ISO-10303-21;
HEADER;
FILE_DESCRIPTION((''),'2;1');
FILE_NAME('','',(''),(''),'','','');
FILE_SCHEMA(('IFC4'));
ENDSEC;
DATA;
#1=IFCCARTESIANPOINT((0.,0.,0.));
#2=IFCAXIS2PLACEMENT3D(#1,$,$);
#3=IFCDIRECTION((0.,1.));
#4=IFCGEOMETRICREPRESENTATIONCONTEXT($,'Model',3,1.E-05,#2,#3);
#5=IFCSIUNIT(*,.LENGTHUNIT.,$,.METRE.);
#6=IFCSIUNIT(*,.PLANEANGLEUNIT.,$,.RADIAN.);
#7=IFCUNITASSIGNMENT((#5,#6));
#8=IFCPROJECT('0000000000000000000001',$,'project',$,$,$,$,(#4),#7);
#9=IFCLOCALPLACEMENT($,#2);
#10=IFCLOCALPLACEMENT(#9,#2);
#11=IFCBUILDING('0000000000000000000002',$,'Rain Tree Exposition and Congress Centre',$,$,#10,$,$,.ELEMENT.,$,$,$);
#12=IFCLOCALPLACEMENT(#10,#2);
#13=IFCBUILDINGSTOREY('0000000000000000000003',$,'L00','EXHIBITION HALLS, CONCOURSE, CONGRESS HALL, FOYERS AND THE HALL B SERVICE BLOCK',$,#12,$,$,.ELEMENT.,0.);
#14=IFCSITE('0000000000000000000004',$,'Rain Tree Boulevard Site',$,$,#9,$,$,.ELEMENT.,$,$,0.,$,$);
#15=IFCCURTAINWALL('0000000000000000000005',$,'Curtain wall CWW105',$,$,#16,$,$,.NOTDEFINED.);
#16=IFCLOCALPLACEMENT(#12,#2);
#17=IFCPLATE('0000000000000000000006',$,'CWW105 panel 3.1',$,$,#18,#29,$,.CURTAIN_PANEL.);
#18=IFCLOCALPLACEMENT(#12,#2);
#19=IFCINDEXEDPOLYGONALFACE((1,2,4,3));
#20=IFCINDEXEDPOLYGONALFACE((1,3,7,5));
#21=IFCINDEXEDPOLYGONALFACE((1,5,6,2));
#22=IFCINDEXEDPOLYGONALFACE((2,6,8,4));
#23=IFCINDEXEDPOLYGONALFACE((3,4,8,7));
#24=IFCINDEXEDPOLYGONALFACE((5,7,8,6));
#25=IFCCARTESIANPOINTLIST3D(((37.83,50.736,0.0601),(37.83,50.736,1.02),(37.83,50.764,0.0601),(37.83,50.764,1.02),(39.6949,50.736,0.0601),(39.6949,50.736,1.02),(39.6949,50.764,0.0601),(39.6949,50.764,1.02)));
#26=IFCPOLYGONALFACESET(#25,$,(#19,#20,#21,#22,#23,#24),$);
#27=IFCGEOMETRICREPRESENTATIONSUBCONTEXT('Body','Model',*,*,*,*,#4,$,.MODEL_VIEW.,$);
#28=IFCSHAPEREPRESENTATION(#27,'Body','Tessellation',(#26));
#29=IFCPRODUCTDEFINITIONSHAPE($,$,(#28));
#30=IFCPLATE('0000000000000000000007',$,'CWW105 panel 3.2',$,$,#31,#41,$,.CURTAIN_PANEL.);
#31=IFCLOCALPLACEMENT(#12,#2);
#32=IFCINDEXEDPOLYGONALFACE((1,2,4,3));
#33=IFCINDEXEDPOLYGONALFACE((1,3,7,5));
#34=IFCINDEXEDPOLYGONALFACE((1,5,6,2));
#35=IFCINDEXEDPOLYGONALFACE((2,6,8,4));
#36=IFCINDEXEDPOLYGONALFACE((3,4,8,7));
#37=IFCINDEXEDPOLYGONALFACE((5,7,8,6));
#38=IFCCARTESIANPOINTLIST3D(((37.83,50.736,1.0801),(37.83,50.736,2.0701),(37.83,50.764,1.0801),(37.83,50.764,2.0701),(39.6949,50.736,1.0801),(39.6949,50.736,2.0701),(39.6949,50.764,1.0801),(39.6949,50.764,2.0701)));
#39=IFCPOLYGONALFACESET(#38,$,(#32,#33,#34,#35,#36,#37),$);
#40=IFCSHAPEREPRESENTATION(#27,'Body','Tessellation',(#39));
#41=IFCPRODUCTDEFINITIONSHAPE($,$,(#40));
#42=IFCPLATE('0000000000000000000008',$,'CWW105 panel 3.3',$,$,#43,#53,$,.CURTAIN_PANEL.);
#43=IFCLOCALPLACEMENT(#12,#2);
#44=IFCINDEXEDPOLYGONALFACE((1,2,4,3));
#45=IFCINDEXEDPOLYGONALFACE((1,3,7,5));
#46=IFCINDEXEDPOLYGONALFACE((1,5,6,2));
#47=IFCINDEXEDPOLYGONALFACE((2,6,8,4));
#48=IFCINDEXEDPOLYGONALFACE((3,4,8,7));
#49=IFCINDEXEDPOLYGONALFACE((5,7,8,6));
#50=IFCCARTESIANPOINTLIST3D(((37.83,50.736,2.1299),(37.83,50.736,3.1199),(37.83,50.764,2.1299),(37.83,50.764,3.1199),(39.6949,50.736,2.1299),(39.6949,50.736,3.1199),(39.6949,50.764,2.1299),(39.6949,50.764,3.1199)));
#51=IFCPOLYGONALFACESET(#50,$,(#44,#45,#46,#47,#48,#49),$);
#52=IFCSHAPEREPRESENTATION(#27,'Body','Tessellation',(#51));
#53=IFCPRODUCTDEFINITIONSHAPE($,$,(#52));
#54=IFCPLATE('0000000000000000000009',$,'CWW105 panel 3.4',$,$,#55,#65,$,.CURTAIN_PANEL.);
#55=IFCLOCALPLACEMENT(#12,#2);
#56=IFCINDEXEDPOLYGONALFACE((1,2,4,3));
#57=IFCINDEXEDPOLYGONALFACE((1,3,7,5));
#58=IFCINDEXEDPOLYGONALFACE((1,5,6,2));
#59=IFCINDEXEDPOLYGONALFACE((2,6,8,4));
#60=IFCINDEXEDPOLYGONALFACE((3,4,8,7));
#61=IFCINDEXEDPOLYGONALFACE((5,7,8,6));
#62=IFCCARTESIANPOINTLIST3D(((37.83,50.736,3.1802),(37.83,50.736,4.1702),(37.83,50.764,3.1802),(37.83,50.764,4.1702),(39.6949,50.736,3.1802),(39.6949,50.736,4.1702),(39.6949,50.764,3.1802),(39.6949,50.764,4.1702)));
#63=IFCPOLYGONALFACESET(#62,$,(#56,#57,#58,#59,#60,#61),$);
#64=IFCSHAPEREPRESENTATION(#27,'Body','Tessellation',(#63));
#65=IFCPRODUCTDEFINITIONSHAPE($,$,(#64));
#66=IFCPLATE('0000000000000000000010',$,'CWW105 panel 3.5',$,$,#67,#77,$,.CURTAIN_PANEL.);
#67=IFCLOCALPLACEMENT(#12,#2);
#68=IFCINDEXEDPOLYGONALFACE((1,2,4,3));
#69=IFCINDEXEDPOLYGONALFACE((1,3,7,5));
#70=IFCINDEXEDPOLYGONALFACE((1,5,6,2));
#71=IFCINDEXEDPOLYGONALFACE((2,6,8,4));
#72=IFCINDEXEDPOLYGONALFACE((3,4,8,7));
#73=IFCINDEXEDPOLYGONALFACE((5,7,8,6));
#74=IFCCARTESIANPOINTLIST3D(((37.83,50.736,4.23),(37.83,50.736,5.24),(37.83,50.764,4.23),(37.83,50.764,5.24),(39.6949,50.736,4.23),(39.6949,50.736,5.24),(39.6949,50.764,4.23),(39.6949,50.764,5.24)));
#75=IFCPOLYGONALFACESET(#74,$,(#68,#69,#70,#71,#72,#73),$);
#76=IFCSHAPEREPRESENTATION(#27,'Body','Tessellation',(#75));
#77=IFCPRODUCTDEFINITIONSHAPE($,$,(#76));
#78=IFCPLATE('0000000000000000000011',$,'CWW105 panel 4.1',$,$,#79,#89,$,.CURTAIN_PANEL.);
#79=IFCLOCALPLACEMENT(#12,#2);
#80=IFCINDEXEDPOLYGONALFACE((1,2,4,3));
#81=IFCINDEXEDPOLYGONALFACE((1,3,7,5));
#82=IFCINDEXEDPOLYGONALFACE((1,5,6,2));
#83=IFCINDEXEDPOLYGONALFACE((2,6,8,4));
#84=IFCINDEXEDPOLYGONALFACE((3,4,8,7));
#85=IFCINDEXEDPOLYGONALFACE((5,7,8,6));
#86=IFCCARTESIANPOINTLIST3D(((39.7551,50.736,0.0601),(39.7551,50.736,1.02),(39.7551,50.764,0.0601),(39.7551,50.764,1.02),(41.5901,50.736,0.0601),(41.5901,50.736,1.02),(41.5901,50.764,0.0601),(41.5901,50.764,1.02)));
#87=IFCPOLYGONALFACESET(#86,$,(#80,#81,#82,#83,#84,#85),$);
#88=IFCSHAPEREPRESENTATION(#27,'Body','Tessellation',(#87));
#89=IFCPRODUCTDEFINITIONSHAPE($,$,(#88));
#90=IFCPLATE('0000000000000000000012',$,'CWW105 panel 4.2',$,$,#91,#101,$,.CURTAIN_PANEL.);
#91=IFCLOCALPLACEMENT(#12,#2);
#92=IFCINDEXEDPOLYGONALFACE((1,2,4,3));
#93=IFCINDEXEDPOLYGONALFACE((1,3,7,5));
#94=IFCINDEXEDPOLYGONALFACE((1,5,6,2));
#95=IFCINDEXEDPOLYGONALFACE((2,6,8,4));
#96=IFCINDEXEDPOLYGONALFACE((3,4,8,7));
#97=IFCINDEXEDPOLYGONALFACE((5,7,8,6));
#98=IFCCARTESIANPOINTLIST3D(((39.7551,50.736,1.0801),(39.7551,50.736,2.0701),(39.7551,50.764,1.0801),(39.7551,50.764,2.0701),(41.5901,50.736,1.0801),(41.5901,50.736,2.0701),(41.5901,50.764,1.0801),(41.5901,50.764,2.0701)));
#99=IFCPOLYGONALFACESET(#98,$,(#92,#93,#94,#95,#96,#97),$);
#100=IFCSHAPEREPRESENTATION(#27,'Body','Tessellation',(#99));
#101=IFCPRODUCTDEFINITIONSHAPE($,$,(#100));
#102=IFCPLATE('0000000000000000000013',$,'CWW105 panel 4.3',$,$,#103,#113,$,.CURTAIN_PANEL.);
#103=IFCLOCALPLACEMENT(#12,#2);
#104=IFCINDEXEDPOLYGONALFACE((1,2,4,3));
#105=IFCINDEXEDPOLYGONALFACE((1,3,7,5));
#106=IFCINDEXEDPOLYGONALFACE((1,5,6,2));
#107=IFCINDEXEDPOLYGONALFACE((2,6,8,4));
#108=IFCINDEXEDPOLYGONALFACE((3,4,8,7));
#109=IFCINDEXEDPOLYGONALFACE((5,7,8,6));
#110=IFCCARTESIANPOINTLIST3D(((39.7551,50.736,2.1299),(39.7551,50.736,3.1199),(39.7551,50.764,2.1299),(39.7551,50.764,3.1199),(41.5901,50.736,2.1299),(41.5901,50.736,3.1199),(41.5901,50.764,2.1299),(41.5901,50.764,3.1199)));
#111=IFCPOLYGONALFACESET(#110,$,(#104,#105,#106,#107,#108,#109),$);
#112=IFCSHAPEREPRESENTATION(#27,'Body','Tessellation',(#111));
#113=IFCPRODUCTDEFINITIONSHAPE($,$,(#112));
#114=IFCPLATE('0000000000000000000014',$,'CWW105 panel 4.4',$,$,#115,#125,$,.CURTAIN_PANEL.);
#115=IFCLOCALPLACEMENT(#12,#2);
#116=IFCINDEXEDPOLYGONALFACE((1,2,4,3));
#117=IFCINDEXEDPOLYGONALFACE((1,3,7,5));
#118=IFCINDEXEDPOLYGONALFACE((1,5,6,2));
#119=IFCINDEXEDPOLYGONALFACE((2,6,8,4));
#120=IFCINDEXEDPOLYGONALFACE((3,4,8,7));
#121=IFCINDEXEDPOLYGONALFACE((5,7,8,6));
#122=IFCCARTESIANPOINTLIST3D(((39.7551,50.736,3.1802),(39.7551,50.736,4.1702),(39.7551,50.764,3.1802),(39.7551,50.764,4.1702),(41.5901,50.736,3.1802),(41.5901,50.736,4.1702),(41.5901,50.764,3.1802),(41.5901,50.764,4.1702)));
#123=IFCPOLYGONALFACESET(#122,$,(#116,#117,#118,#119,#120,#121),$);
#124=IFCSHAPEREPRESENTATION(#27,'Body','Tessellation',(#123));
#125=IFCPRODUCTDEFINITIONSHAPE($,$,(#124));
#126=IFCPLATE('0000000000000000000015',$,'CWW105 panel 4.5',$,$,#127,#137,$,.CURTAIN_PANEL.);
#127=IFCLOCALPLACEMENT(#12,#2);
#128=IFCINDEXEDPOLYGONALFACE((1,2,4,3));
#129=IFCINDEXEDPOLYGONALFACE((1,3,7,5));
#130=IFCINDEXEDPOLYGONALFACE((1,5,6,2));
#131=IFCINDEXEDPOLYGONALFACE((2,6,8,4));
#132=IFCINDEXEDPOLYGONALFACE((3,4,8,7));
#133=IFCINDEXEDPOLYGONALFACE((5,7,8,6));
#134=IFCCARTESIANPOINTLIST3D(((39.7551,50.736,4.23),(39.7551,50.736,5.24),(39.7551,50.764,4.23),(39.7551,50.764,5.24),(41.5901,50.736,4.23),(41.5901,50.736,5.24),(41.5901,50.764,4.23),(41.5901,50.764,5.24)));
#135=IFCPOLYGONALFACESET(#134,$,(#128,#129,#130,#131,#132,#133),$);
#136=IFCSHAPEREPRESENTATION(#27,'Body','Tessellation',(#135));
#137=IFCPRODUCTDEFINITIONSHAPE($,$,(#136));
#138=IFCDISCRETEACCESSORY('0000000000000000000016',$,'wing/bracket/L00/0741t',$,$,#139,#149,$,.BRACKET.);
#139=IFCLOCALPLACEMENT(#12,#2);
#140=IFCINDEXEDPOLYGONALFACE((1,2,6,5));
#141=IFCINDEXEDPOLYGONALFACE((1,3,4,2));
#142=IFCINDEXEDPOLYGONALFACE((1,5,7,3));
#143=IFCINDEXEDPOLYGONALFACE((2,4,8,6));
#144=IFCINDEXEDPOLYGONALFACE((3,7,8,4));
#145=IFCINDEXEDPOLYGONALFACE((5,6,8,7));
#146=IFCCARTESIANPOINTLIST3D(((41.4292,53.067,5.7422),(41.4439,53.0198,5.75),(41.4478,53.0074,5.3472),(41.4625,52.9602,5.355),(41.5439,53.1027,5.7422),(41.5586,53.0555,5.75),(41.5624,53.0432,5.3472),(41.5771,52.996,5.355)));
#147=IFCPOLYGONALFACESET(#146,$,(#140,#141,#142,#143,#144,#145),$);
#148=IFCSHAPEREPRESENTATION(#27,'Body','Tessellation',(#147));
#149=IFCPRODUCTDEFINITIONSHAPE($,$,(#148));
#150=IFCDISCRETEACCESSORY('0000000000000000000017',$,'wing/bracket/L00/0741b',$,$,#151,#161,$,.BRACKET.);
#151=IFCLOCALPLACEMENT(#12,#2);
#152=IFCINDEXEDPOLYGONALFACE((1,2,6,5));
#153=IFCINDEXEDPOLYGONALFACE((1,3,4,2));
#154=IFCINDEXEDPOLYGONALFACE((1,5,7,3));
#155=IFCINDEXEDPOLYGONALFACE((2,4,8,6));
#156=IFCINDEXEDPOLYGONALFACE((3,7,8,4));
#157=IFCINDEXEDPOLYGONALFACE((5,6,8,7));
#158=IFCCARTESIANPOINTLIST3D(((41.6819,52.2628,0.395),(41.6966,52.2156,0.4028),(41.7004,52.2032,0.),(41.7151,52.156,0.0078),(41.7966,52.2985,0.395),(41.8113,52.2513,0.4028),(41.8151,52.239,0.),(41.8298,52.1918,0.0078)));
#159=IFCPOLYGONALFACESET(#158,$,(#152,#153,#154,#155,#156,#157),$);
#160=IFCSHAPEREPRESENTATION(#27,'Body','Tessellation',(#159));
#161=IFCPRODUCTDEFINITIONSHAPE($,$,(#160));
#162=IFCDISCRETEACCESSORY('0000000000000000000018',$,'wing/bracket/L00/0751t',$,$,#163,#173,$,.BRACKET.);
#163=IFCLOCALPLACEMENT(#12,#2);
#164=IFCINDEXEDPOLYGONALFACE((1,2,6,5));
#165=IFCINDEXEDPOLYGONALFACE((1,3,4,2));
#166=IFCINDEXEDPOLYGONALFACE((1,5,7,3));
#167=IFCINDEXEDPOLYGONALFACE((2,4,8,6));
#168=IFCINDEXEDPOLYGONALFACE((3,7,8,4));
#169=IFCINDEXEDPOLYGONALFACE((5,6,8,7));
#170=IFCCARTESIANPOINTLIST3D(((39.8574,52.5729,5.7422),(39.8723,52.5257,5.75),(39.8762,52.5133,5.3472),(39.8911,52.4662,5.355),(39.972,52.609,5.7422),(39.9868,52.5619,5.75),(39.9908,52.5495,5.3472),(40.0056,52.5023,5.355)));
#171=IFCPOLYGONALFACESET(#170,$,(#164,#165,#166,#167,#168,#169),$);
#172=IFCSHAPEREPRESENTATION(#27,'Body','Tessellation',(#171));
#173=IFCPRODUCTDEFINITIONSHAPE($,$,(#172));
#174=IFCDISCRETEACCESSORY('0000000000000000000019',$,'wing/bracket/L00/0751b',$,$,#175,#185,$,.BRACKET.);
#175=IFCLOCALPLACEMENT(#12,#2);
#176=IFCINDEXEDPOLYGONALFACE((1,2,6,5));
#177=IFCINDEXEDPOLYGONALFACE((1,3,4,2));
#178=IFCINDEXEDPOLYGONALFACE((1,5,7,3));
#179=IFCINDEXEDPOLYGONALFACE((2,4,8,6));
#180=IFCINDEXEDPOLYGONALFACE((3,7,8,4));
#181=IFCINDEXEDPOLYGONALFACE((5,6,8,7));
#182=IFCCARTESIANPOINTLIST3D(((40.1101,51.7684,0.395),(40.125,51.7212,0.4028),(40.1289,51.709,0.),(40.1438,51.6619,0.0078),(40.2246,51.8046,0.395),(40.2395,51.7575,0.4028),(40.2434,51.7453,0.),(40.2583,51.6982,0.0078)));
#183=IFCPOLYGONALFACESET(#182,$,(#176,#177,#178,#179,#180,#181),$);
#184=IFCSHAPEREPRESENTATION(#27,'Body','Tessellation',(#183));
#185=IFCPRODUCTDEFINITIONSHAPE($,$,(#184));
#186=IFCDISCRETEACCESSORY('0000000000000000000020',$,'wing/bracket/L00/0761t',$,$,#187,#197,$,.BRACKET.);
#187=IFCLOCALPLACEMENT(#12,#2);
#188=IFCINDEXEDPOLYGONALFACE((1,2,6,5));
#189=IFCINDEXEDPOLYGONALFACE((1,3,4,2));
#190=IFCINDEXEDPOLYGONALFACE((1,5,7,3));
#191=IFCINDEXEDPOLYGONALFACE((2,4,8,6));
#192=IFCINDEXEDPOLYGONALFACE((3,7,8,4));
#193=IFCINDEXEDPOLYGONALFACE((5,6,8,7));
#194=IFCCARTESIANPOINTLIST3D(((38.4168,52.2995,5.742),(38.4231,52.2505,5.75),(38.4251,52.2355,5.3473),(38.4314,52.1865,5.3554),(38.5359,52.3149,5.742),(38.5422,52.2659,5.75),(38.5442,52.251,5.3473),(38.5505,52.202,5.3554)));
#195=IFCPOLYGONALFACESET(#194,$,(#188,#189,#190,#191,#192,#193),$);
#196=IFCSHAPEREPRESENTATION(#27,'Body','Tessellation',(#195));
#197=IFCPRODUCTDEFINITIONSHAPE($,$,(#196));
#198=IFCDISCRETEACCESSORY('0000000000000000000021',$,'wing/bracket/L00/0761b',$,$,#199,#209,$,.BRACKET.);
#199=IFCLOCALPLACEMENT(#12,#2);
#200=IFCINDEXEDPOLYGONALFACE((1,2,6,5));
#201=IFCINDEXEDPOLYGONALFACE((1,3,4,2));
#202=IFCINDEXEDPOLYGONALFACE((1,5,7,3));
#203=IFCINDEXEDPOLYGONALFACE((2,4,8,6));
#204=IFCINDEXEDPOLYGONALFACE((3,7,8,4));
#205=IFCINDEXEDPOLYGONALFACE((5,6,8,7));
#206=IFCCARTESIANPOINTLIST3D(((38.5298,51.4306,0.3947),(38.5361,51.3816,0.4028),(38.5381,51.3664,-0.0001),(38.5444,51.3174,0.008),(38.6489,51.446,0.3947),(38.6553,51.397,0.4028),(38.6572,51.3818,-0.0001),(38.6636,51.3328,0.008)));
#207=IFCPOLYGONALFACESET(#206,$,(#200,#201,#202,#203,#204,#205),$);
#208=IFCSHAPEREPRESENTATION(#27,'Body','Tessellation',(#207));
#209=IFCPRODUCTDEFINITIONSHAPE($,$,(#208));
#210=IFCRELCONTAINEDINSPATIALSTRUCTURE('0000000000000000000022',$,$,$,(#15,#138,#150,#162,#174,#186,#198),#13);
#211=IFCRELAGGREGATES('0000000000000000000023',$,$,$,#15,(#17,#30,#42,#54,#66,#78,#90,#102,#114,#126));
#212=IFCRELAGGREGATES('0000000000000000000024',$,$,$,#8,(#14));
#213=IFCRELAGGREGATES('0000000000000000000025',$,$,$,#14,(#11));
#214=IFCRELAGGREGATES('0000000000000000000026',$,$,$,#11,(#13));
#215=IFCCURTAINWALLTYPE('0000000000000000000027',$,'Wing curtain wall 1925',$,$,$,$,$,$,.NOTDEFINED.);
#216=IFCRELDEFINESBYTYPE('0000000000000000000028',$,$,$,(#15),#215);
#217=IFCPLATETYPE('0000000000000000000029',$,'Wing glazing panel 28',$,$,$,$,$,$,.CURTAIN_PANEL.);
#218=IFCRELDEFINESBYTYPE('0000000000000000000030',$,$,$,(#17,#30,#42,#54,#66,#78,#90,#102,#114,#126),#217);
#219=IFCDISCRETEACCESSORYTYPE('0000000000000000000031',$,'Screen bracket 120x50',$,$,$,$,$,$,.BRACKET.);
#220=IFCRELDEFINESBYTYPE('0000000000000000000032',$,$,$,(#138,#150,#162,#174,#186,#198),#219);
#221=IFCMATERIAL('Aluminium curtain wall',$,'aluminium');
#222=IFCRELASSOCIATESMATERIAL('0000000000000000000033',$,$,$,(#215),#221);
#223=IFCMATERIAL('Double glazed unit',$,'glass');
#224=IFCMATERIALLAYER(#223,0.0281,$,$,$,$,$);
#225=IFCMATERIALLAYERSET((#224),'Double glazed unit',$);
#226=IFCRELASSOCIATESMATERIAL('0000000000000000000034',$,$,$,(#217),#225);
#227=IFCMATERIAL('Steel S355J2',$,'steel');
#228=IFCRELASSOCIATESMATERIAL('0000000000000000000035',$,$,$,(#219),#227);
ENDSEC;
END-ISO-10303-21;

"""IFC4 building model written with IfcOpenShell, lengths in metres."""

from ifc_helpers import new_model, si_unit, direction, frame, origin, origin_2d, place, context, subcontext, project, spatial, rectangle, extrude, material, layer, layer_set, material_profile, profile_set, type_object, element, aggregate, save


model = new_model("IFC4")

# Units and contexts
model_context = context("Model", 3, precision=1e-05, world=origin(), true_north=direction((0.0, 1.0)))
body_context = subcontext(model_context, "Body", "Model", "MODEL_VIEW")
ifc_project = project(units=[si_unit("LENGTHUNIT", "METRE"), si_unit("PLANEANGLEUNIT", "RADIAN")], contexts=[model_context])

# Site, building, storey
site_placement = place(None, origin())
site = spatial("IfcSite", under=ifc_project, at=site_placement, Name="Rain Tree Boulevard Site", CompositionType="ELEMENT", RefElevation=0.0)
building_placement = place(site_placement, origin())
building = spatial("IfcBuilding", under=site, at=building_placement, Name="Rain Tree Exposition and Congress Centre", CompositionType="ELEMENT")
storey_placement = place(building_placement, origin())
storey = spatial("IfcBuildingStorey", under=building, at=storey_placement, Name="L00", Description="EXHIBITION HALLS, CONCOURSE, CONGRESS HALL, FOYERS AND THE HALL B SERVICE BLOCK", CompositionType="ELEMENT", Elevation=0.0)

# Curtain wall, plates
ifc_material_1 = material(Name="Aluminium curtain wall", Category="aluminium")
curtain_wall_type = type_object("IfcCurtainWallType", Name="Wing curtain wall 1925", PredefinedType="NOTDEFINED", material=ifc_material_1)
curtain_wall_placement = place(storey_placement, origin())
curtain_wall = element("IfcCurtainWall", 1, at=curtain_wall_placement, inside=storey, type_object=curtain_wall_type, Name="Curtain wall CWW105", PredefinedType="NOTDEFINED")
ifc_material_2 = material(Name="Double glazed unit", Category="glass")
ifc_layer_1 = layer(ifc_material_2, 0.0281)
ifc_layer_set_1 = layer_set([ifc_layer_1], Name="Double glazed unit")
plate_type = type_object("IfcPlateType", Name="Wing glazing panel 28", PredefinedType="CURTAIN_PANEL", material=ifc_layer_set_1)
plate_1_placement = place(storey_placement, frame((38.7625, 50.75, 0.0601), z_axis=(0.0, 0.0, 1.0), x_axis=(1.0, 0.0, 0.0)))
plate_1 = element("IfcPlate", 2, at=plate_1_placement, type_object=plate_type, Name="CWW105 panel 3.1", PredefinedType="CURTAIN_PANEL", context=body_context, shape_type="SweptSolid", body=[
    extrude(rectangle(XDim=1.865, YDim=0.0281, at=origin_2d()), origin(), (0.0, 0.0, 1.0), 0.96),
])
plate_2_placement = place(storey_placement, frame((38.7625, 50.75, 1.0801), z_axis=(0.0, 0.0, 1.0), x_axis=(1.0, 0.0, 0.0)))
plate_2 = element("IfcPlate", 3, at=plate_2_placement, type_object=plate_type, Name="CWW105 panel 3.2", PredefinedType="CURTAIN_PANEL", context=body_context, shape_type="SweptSolid", body=[
    extrude(rectangle(XDim=1.865, YDim=0.0281, at=origin_2d()), origin(), (0.0, 0.0, 1.0), 0.99),
])
plate_3_placement = place(storey_placement, frame((38.7625, 50.75, 2.1299), z_axis=(0.0, 0.0, 1.0), x_axis=(1.0, 0.0, 0.0)))
plate_3 = element("IfcPlate", 4, at=plate_3_placement, type_object=plate_type, Name="CWW105 panel 3.3", PredefinedType="CURTAIN_PANEL", context=body_context, shape_type="SweptSolid", body=[
    extrude(rectangle(XDim=1.865, YDim=0.0281, at=origin_2d()), origin(), (0.0, 0.0, 1.0), 0.99),
])
plate_4_placement = place(storey_placement, frame((38.7625, 50.75, 3.1802), z_axis=(0.0, 0.0, 1.0), x_axis=(1.0, 0.0, 0.0)))
plate_4 = element("IfcPlate", 5, at=plate_4_placement, type_object=plate_type, Name="CWW105 panel 3.4", PredefinedType="CURTAIN_PANEL", context=body_context, shape_type="SweptSolid", body=[
    extrude(rectangle(XDim=1.865, YDim=0.0281, at=origin_2d()), origin(), (0.0, 0.0, 1.0), 0.99),
])
plate_5_placement = place(storey_placement, frame((38.7625, 50.75, 4.23), z_axis=(0.0, 0.0, 1.0), x_axis=(1.0, 0.0, 0.0)))
plate_5 = element("IfcPlate", 6, at=plate_5_placement, type_object=plate_type, Name="CWW105 panel 3.5", PredefinedType="CURTAIN_PANEL", context=body_context, shape_type="SweptSolid", body=[
    extrude(rectangle(XDim=1.865, YDim=0.0281, at=origin_2d()), origin(), (0.0, 0.0, 1.0), 1.01),
])
plate_6_placement = place(storey_placement, frame((40.6726, 50.75, 0.0601), z_axis=(0.0, 0.0, 1.0), x_axis=(1.0, 0.0, 0.0)))
plate_6 = element("IfcPlate", 7, at=plate_6_placement, type_object=plate_type, Name="CWW105 panel 4.1", PredefinedType="CURTAIN_PANEL", context=body_context, shape_type="SweptSolid", body=[
    extrude(rectangle(XDim=1.835, YDim=0.0281, at=origin_2d()), origin(), (0.0, 0.0, 1.0), 0.96),
])
plate_7_placement = place(storey_placement, frame((40.6726, 50.75, 1.0801), z_axis=(0.0, 0.0, 1.0), x_axis=(1.0, 0.0, 0.0)))
plate_7 = element("IfcPlate", 8, at=plate_7_placement, type_object=plate_type, Name="CWW105 panel 4.2", PredefinedType="CURTAIN_PANEL", context=body_context, shape_type="SweptSolid", body=[
    extrude(rectangle(XDim=1.835, YDim=0.0281, at=origin_2d()), origin(), (0.0, 0.0, 1.0), 0.99),
])
plate_8_placement = place(storey_placement, frame((40.6726, 50.75, 2.1299), z_axis=(0.0, 0.0, 1.0), x_axis=(1.0, 0.0, 0.0)))
plate_8 = element("IfcPlate", 9, at=plate_8_placement, type_object=plate_type, Name="CWW105 panel 4.3", PredefinedType="CURTAIN_PANEL", context=body_context, shape_type="SweptSolid", body=[
    extrude(rectangle(XDim=1.835, YDim=0.0281, at=origin_2d()), origin(), (0.0, 0.0, 1.0), 0.99),
])
plate_9_placement = place(storey_placement, frame((40.6726, 50.75, 3.1802), z_axis=(0.0, 0.0, 1.0), x_axis=(1.0, 0.0, 0.0)))
plate_9 = element("IfcPlate", 10, at=plate_9_placement, type_object=plate_type, Name="CWW105 panel 4.4", PredefinedType="CURTAIN_PANEL", context=body_context, shape_type="SweptSolid", body=[
    extrude(rectangle(XDim=1.835, YDim=0.0281, at=origin_2d()), origin(), (0.0, 0.0, 1.0), 0.99),
])
plate_10_placement = place(storey_placement, frame((40.6726, 50.75, 4.23), z_axis=(0.0, 0.0, 1.0), x_axis=(1.0, 0.0, 0.0)))
plate_10 = element("IfcPlate", 11, at=plate_10_placement, type_object=plate_type, Name="CWW105 panel 4.5", PredefinedType="CURTAIN_PANEL", context=body_context, shape_type="SweptSolid", body=[
    extrude(rectangle(XDim=1.835, YDim=0.0281, at=origin_2d()), origin(), (0.0, 0.0, 1.0), 1.01),
])
aggregate(curtain_wall, [plate_1, plate_2, plate_3, plate_4, plate_5, plate_6, plate_7, plate_8, plate_9, plate_10])

# Discrete accessories
ifc_material_3 = material(Name="Steel S355J2", Category="steel")
ifc_material_profile_1 = material_profile(ifc_material_3, rectangle(XDim=0.1201, YDim=0.05, at=origin_2d()), Name="Flat bar 120x50")
ifc_profile_set_1 = profile_set([ifc_material_profile_1], Name="Steel S355J2")
discrete_accessory_type = type_object("IfcDiscreteAccessoryType", Name="Screen bracket 120x50", PredefinedType="BRACKET", material=ifc_profile_set_1)
for number, where, z_axis, x_axis, name in (
    (12, (41.5125, 53.0017, 5.3511), (-0.046396, 0.148957, 0.987755), (-0.954758, -0.297384, 0.0), "wing/bracket/L00/0741t"),
    (13, (41.7651, 52.1975, 0.0039), (-0.046396, 0.148957, 0.987755), (-0.954758, -0.297384, 0.0), "wing/bracket/L00/0741b"),
    (14, (39.9409, 52.5078, 5.3511), (-0.047006, 0.148953, 0.987726), (-0.953642, -0.300944, 0.0), "wing/bracket/L00/0751t"),
    (15, (40.1936, 51.7036, 0.0039), (-0.04701, 0.148356, 0.987816), (-0.953286, -0.30207, 0.0), "wing/bracket/L00/0751b"),
    (16, (38.4878, 52.2188, 5.3513), (-0.020751, 0.159908, 0.986914), (-0.991685, -0.128692, 0.0), "wing/bracket/L00/0761t"),
):
    element("IfcDiscreteAccessory", number, at=place(storey_placement, frame(where, z_axis=z_axis, x_axis=x_axis)), inside=storey, type_object=discrete_accessory_type, Name=name, PredefinedType="BRACKET", context=body_context, shape_type="SweptSolid", body=[
        extrude(rectangle(XDim=0.1201, YDim=0.05, at=origin_2d()), origin(), (0.0, 0.0, 1.0), 0.3999),
    ])
discrete_accessory_1_placement = place(storey_placement, frame((38.6008, 51.3496, 0.0039), z_axis=(-0.020749, 0.160503, 0.986817), x_axis=(-0.991747, -0.128211, 0.0)))
element("IfcDiscreteAccessory", 17, at=discrete_accessory_1_placement, inside=storey, type_object=discrete_accessory_type, Name="wing/bracket/L00/0761b", PredefinedType="BRACKET", context=body_context, shape_type="SweptSolid", body=[
    extrude(rectangle(XDim=0.1201, YDim=0.05, at=origin_2d()), origin(), (0.0, 0.0, 1.0), 0.4001),
])

save(model, "model.ifc")
